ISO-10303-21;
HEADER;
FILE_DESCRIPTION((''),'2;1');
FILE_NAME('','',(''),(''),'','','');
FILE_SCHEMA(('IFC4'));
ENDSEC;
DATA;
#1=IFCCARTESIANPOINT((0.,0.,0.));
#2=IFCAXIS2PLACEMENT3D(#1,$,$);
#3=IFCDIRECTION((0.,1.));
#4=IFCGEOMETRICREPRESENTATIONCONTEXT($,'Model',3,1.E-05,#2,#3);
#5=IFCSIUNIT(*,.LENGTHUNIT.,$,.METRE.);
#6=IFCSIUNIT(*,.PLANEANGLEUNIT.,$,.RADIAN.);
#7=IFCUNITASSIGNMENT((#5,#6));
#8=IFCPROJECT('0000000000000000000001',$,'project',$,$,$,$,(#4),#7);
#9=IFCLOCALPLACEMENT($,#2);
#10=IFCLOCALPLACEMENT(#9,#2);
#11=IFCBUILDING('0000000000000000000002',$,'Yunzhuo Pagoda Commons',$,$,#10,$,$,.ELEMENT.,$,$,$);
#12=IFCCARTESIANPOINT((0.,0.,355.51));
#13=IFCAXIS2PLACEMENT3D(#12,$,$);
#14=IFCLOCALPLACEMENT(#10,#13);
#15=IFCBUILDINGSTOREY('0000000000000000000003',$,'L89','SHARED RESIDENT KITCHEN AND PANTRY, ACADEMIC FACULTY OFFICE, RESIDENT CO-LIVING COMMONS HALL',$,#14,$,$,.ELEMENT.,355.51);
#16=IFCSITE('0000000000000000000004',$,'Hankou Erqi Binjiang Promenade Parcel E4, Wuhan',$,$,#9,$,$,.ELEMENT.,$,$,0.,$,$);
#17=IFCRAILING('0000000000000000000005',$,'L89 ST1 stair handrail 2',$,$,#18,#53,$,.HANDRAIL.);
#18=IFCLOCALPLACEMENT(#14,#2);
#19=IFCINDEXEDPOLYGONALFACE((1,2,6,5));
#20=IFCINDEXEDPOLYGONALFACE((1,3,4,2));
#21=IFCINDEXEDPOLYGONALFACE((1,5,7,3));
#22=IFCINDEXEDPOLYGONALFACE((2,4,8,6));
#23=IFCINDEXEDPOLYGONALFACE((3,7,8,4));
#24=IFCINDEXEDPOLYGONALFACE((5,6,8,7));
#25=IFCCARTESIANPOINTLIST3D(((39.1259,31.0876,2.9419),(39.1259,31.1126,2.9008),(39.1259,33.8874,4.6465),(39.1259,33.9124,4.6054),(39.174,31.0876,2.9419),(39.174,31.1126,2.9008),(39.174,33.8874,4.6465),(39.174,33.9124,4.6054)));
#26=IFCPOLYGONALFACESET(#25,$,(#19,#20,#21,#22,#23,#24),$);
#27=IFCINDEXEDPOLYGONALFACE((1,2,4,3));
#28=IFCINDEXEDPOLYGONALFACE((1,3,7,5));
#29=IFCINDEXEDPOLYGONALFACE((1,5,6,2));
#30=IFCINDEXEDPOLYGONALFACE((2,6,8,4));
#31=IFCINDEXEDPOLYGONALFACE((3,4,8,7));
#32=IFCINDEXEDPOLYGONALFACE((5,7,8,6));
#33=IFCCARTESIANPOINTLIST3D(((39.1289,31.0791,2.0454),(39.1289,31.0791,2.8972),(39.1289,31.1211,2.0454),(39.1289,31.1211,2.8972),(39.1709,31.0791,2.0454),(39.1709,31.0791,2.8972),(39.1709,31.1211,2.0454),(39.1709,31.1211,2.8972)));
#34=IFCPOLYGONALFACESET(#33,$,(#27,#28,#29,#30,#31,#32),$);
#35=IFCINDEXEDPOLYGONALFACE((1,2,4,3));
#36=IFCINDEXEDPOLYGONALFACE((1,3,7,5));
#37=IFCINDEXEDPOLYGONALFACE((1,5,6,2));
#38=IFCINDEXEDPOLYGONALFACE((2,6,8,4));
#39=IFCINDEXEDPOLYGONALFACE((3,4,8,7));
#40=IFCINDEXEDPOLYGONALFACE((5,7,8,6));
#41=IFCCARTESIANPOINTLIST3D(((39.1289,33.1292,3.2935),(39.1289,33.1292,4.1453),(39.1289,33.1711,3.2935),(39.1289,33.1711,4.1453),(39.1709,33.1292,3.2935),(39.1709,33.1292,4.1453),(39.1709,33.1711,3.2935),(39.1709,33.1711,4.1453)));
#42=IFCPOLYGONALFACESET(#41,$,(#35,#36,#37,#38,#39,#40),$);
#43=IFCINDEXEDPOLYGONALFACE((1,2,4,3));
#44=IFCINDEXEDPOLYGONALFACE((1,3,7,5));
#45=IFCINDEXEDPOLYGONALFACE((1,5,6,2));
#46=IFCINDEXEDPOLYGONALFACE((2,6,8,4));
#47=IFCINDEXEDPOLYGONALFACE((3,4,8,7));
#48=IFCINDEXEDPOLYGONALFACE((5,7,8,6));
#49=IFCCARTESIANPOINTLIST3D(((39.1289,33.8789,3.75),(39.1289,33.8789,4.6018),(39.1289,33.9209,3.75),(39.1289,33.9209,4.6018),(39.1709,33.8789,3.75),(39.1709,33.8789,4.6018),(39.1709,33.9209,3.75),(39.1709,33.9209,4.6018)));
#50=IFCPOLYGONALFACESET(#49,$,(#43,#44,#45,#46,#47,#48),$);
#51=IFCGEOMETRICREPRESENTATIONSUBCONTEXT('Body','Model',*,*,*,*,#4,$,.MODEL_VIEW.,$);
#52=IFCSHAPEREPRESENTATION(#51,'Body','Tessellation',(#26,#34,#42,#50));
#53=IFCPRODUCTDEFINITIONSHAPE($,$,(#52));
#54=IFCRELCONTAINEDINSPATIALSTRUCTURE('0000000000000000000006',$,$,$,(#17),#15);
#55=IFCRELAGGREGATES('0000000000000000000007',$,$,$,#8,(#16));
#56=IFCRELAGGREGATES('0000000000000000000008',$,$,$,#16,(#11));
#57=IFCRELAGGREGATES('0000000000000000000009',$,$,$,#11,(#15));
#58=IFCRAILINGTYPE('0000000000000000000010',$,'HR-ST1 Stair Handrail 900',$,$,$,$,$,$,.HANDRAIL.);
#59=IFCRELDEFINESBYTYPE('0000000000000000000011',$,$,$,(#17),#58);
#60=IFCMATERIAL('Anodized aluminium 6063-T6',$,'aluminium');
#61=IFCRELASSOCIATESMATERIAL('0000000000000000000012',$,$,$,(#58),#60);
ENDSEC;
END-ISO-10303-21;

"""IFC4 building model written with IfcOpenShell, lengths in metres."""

from ifc_helpers import new_model, si_unit, direction, frame, origin, origin_2d, place, context, subcontext, project, spatial, rectangle, extrude, material, type_object, element, save


model = new_model("IFC4")

# Units and contexts
model_context = context("Model", 3, precision=1e-05, world=origin(), true_north=direction((0.0, 1.0)))
body_context = subcontext(model_context, "Body", "Model", "MODEL_VIEW")
ifc_project = project(units=[si_unit("LENGTHUNIT", "METRE"), si_unit("PLANEANGLEUNIT", "RADIAN")], contexts=[model_context])

# Site, building, storey
site_placement = place(None, origin())
site = spatial("IfcSite", under=ifc_project, at=site_placement, Name="Hankou Erqi Binjiang Promenade Parcel E4, Wuhan", CompositionType="ELEMENT", RefElevation=0.0)
building_placement = place(site_placement, origin())
building = spatial("IfcBuilding", under=site, at=building_placement, Name="Yunzhuo Pagoda Commons", CompositionType="ELEMENT")
storey_placement = place(building_placement, frame((0.0, 0.0, 355.51)))
storey = spatial("IfcBuildingStorey", under=building, at=storey_placement, Name="L89", Description="SHARED RESIDENT KITCHEN AND PANTRY, ACADEMIC FACULTY OFFICE, RESIDENT CO-LIVING COMMONS HALL", CompositionType="ELEMENT", Elevation=355.51)

# Railing
ifc_material_1 = material(Name="Anodized aluminium 6063-T6", Category="aluminium")
railing_type = type_object("IfcRailingType", Name="HR-ST1 Stair Handrail 900", PredefinedType="HANDRAIL", material=ifc_material_1)
railing_placement = place(storey_placement, frame((39.1499, 31.1001, 2.0454)))
element("IfcRailing", 1, at=railing_placement, inside=storey, type_object=railing_type, Name="L89 ST1 stair handrail 2", PredefinedType="HANDRAIL", context=body_context, shape_type="SweptSolid", body=[
    extrude(rectangle(XDim=0.0481, YDim=0.0481, at=origin_2d()), frame((0.0, 0.0, 0.876), z_axis=(0.0, 0.85415, 0.520027), x_axis=(-1.0, 0.0, 0.0)), (0.0, 0.0, 1.0), 3.2778),
    extrude(rectangle(XDim=0.042, YDim=0.042, at=origin_2d()), origin(), (0.0, 0.0, 1.0), 0.8518),
    extrude(rectangle(XDim=0.042, YDim=0.042, at=origin_2d()), frame((0.0, 2.05, 1.248)), (0.0, 0.0, 1.0), 0.8518),
    extrude(rectangle(XDim=0.042, YDim=0.042, at=origin_2d()), frame((0.0, 2.7998, 1.7046)), (0.0, 0.0, 1.0), 0.8518),
])

save(model, "model.ifc")
